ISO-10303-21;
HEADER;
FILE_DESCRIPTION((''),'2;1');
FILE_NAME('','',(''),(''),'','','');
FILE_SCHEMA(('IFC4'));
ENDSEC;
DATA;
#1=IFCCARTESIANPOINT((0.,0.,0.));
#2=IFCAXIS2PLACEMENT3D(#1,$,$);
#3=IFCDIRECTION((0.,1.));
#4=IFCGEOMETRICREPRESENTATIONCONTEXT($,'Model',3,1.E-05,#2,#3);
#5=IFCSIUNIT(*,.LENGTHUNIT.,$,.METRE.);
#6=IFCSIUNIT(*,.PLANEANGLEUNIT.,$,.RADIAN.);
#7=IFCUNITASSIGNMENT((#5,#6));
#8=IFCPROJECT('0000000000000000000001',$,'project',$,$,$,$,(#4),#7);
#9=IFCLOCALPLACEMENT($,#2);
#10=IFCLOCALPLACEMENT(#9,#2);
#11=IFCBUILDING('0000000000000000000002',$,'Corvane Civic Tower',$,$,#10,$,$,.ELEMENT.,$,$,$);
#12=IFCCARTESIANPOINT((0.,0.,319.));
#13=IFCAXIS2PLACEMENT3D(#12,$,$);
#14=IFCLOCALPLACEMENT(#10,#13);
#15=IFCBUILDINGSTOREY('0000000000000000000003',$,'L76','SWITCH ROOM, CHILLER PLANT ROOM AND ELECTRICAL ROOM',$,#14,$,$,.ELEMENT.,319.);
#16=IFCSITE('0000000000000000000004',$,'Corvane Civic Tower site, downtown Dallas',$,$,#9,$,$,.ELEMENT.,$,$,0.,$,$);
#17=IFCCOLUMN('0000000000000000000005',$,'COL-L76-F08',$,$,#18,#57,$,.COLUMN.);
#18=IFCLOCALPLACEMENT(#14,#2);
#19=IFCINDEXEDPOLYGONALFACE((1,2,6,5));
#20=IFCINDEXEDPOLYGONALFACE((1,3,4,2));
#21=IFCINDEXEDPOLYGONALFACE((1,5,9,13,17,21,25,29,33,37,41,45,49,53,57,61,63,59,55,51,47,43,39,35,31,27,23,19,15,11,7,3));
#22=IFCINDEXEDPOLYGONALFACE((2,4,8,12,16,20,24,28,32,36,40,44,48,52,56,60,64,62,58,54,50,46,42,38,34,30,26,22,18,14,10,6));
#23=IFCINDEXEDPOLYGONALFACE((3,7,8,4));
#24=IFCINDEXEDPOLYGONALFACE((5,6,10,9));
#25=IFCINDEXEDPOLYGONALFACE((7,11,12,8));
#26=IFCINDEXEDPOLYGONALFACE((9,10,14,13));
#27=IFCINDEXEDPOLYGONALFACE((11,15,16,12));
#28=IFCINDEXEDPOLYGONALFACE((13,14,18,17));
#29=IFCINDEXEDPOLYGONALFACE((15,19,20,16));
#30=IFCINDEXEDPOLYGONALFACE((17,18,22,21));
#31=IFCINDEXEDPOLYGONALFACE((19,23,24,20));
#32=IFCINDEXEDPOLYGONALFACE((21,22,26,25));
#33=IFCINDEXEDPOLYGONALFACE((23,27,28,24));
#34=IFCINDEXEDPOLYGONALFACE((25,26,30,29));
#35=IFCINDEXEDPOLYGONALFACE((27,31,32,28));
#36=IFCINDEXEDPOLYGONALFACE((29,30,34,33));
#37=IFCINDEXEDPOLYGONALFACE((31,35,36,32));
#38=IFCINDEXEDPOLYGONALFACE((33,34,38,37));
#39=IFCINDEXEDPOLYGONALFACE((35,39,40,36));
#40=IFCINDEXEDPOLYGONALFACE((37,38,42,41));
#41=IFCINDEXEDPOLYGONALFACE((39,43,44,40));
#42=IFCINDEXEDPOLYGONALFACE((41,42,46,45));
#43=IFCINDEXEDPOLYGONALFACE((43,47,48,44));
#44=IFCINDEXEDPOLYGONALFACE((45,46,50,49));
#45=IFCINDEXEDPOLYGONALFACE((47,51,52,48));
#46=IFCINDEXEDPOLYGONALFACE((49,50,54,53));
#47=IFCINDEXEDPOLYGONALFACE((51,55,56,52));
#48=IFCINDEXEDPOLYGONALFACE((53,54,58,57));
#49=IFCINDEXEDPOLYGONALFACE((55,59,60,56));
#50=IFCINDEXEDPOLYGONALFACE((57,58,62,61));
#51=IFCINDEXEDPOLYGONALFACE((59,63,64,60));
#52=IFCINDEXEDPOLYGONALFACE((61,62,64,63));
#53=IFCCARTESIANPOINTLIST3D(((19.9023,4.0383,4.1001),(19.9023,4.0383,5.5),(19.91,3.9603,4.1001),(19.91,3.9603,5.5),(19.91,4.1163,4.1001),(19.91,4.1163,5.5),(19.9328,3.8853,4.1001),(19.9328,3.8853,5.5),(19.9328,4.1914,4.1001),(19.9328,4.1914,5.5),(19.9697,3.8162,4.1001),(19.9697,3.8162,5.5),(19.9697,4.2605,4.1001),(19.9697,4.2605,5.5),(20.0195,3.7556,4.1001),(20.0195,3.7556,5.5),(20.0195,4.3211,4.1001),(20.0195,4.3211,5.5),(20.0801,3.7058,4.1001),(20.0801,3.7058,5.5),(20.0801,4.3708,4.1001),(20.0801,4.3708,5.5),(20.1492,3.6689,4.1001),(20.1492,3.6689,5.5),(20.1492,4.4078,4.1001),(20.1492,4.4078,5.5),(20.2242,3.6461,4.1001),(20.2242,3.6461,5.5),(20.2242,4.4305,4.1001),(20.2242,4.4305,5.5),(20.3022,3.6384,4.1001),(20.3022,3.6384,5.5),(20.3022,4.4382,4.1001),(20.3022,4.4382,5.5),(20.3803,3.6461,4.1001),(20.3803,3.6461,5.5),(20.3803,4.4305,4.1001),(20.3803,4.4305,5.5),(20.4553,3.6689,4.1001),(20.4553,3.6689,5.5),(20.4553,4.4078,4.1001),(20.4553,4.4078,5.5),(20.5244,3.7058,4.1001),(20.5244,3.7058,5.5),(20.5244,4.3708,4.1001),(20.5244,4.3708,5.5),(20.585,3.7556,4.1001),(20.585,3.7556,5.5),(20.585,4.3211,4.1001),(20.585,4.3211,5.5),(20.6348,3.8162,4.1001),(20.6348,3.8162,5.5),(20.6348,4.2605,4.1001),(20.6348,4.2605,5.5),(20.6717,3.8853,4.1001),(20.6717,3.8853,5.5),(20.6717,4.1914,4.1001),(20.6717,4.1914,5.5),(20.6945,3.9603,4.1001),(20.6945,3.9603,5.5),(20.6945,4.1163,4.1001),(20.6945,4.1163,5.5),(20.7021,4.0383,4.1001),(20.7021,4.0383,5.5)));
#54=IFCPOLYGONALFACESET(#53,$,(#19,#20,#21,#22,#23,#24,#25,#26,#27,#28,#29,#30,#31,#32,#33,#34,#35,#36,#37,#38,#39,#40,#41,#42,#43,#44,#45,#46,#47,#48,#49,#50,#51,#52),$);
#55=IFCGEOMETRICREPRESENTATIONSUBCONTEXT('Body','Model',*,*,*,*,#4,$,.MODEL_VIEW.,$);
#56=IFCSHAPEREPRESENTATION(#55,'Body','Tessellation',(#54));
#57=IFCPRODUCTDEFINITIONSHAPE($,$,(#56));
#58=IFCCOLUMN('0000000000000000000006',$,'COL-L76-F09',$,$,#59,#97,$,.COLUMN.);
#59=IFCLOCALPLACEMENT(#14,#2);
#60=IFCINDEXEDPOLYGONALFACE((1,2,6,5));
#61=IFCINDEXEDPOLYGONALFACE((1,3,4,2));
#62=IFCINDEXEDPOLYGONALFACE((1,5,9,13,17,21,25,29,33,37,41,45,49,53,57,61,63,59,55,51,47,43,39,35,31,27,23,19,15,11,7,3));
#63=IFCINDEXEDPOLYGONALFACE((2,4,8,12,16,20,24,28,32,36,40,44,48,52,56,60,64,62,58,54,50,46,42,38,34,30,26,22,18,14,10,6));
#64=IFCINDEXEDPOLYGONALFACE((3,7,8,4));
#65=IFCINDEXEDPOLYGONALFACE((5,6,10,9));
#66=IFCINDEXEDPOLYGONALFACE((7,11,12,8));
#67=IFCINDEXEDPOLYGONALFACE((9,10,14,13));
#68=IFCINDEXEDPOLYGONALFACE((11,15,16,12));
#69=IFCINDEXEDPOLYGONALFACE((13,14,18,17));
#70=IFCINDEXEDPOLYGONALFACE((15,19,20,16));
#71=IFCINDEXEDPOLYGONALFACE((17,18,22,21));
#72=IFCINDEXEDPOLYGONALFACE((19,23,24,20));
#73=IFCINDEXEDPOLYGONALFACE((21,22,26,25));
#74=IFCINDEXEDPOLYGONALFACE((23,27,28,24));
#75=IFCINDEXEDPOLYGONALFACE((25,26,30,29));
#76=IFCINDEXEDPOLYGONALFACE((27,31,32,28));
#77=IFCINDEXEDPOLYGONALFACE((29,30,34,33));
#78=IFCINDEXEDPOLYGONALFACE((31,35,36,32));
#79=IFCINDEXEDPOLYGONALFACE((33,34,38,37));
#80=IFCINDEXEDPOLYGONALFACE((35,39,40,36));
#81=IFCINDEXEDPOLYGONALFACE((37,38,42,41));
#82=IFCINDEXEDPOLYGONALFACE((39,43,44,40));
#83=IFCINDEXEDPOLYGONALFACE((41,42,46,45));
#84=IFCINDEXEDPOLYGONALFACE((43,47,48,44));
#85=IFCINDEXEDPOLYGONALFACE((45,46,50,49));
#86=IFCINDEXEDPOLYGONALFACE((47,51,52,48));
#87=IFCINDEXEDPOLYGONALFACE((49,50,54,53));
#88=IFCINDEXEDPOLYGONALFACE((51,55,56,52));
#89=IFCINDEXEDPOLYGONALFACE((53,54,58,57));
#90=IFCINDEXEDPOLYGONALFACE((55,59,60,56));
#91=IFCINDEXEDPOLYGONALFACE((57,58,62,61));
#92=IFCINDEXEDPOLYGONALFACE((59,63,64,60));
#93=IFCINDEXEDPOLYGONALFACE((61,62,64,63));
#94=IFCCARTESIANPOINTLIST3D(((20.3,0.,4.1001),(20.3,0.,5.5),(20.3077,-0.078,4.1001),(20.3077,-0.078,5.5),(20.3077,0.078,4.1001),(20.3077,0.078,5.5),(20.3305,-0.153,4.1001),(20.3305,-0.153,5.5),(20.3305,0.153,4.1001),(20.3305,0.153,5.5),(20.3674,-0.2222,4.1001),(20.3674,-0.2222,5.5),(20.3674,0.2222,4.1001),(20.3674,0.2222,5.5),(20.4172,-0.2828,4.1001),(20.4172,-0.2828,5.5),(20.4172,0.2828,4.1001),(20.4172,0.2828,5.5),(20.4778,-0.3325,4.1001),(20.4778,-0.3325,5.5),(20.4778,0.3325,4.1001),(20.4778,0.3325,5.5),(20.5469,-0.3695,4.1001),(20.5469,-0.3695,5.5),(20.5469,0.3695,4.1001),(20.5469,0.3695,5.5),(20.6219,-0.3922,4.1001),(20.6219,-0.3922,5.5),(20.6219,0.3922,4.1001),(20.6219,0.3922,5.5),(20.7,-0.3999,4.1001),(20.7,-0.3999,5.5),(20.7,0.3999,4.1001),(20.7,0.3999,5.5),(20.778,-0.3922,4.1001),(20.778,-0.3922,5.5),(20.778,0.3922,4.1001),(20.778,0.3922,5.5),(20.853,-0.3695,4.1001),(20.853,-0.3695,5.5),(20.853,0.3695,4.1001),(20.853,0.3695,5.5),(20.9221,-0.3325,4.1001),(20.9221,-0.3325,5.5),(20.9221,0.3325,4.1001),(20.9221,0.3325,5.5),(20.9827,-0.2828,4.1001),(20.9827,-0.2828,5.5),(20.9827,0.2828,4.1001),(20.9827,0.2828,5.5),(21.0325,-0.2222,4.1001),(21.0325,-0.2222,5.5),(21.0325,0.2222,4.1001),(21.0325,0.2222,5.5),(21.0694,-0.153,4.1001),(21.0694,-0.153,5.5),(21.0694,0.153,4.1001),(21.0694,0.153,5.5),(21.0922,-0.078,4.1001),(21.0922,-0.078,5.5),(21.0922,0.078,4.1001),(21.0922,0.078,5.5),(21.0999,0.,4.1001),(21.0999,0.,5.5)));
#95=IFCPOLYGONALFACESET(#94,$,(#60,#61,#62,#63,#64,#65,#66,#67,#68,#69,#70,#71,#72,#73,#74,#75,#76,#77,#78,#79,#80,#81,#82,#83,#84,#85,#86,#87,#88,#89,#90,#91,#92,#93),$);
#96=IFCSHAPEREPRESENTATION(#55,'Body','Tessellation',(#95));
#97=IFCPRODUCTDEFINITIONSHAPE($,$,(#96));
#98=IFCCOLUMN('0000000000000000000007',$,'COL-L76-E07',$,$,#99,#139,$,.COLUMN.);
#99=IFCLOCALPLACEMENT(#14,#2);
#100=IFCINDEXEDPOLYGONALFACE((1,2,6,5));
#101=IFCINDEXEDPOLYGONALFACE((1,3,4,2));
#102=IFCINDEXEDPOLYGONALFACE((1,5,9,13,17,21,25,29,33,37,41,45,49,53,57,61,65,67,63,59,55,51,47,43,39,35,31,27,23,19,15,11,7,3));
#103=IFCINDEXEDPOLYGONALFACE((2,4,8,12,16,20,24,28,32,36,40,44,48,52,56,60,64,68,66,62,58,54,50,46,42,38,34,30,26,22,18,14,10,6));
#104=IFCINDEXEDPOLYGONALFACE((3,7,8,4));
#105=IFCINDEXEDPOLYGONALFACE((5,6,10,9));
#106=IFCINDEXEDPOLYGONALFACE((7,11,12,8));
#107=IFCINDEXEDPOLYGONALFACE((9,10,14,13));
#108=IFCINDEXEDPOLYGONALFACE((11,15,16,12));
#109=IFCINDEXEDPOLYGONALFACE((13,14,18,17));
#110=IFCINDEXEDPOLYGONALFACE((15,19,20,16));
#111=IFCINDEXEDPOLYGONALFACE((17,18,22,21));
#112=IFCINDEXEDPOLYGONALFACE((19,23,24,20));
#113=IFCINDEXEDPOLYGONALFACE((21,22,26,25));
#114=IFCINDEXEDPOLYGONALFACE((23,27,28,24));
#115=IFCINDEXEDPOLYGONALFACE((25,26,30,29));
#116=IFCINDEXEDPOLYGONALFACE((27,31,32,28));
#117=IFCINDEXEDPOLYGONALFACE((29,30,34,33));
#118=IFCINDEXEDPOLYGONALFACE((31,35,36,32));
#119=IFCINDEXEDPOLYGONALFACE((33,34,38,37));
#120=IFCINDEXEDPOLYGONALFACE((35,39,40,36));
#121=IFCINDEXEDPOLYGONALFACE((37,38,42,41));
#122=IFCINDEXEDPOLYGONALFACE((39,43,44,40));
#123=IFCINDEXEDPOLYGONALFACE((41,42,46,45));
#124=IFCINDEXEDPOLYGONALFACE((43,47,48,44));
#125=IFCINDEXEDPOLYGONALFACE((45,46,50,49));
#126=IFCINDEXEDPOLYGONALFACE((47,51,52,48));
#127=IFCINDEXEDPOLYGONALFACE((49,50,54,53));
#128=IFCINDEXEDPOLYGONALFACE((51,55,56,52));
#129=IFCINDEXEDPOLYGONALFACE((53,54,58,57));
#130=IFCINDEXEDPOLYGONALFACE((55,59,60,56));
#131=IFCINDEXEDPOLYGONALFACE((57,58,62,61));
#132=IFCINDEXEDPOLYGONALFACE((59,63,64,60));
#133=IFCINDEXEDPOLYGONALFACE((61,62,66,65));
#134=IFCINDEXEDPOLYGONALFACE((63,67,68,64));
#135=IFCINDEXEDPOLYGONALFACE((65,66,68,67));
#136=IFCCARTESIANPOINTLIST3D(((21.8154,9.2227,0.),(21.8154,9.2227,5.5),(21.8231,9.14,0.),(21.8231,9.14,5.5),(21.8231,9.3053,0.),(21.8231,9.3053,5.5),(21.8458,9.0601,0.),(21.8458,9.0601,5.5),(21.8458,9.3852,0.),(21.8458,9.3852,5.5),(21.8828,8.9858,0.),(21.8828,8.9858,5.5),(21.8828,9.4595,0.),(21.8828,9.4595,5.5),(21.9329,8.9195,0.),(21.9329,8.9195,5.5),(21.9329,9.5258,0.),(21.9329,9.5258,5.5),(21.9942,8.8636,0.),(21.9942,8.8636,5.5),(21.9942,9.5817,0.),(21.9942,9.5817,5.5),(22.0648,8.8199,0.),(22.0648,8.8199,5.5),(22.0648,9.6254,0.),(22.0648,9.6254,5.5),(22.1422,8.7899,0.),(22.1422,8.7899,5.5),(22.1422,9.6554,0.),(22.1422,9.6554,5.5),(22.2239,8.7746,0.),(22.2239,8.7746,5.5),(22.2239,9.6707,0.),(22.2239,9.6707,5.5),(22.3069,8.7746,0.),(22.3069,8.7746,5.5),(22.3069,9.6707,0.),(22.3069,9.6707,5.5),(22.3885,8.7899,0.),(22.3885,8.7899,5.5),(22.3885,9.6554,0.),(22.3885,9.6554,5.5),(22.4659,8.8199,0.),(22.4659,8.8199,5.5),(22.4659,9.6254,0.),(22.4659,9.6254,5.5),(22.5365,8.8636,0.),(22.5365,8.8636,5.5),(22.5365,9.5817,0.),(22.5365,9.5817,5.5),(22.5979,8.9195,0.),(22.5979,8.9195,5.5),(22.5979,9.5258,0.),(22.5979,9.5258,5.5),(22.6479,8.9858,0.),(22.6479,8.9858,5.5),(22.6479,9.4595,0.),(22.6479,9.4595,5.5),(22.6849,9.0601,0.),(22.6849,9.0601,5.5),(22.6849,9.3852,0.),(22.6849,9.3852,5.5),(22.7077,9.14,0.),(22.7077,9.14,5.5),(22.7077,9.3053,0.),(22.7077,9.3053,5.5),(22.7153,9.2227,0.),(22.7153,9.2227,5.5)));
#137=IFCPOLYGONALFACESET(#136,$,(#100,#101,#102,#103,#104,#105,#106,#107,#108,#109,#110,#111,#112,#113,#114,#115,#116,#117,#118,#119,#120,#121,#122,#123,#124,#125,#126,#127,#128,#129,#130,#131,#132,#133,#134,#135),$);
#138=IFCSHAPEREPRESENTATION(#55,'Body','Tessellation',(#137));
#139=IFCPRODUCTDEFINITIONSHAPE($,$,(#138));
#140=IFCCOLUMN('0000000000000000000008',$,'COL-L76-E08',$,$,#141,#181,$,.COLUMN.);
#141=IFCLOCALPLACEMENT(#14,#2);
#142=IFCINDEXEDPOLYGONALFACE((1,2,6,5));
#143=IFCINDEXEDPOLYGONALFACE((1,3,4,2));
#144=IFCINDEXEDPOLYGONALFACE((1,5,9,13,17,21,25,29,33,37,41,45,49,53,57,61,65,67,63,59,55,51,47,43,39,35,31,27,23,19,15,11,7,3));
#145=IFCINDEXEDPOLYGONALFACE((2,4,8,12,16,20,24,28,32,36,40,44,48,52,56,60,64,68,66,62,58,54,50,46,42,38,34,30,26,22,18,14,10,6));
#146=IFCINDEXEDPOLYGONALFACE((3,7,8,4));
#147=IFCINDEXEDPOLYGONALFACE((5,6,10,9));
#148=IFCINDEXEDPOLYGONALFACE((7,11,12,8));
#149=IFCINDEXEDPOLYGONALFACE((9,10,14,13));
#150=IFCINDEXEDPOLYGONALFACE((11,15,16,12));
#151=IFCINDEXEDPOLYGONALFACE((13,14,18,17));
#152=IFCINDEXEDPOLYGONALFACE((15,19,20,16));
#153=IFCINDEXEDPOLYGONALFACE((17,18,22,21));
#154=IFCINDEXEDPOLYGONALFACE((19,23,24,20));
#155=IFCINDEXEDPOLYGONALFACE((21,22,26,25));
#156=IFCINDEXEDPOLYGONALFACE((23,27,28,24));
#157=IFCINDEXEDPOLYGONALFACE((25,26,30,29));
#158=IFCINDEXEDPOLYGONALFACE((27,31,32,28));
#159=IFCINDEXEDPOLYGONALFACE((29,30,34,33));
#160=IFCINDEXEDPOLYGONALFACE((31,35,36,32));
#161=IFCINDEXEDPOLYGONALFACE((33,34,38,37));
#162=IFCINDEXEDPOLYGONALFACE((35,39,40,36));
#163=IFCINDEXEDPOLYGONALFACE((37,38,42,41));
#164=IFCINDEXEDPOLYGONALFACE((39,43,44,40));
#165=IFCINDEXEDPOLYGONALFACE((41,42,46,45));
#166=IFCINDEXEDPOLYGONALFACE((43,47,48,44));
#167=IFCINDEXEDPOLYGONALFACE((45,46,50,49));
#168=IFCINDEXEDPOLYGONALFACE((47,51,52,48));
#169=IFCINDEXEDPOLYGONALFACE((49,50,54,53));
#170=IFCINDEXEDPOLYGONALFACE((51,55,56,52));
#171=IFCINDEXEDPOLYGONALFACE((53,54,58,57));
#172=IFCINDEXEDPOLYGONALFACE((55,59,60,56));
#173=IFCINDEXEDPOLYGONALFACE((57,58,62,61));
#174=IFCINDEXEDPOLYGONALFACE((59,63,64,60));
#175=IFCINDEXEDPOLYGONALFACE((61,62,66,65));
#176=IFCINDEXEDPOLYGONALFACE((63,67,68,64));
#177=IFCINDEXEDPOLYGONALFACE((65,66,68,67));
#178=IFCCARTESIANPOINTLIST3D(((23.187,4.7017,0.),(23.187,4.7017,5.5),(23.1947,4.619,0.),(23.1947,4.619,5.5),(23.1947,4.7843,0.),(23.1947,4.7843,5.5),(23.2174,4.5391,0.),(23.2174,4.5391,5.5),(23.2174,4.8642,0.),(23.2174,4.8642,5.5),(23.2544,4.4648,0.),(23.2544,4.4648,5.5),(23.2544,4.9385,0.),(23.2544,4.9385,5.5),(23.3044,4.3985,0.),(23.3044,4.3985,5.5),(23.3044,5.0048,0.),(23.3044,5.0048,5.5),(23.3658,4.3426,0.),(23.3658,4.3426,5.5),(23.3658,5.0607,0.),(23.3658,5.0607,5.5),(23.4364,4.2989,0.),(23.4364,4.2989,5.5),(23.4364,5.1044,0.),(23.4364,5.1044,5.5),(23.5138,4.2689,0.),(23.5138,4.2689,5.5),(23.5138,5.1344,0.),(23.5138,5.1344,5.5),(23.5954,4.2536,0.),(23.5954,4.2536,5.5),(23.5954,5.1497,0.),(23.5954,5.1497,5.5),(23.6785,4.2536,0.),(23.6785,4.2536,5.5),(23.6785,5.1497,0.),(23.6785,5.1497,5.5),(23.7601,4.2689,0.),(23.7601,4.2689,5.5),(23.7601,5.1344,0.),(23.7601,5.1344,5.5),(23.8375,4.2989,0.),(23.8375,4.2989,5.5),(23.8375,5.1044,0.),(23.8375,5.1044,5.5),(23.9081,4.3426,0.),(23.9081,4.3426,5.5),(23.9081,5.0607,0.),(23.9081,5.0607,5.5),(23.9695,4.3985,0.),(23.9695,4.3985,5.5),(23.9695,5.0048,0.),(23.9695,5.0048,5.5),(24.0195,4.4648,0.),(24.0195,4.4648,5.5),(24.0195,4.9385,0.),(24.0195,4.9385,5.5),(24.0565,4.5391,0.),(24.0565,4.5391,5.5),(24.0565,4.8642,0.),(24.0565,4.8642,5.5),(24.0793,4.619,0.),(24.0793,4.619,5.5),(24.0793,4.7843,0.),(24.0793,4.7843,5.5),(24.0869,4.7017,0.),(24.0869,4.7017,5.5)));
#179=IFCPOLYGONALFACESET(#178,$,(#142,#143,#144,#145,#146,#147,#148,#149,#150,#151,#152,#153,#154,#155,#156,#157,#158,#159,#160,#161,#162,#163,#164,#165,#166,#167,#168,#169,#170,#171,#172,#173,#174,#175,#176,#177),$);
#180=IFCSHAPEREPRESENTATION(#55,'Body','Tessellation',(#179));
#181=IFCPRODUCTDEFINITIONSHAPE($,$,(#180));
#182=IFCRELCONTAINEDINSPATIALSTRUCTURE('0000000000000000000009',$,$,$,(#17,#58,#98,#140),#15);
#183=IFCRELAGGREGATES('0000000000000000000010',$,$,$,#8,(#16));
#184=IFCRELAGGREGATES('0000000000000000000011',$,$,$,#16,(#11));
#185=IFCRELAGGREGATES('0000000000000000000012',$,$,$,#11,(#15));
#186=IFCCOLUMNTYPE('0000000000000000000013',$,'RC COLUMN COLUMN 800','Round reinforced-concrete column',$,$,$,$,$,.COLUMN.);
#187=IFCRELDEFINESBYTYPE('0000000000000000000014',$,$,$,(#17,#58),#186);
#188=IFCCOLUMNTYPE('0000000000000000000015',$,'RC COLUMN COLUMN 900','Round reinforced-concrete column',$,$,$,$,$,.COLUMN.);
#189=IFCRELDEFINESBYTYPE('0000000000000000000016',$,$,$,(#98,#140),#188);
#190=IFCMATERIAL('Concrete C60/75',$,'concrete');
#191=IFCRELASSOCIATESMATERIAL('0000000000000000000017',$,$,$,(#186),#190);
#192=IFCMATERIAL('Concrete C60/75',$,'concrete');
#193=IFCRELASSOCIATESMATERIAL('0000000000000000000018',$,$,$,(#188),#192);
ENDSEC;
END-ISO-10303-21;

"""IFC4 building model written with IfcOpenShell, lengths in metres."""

from ifc_helpers import new_model, si_unit, direction, frame, origin, origin_2d, place, context, subcontext, project, spatial, circle, extrude, material, material_profile, profile_set, type_object, element, save


model = new_model("IFC4")

# Units and contexts
model_context = context("Model", 3, precision=1e-05, world=origin(), true_north=direction((0.0, 1.0)))
body_context = subcontext(model_context, "Body", "Model", "MODEL_VIEW")
ifc_project = project(units=[si_unit("LENGTHUNIT", "METRE"), si_unit("PLANEANGLEUNIT", "RADIAN")], contexts=[model_context])

# Site, building, storey
site_placement = place(None, origin())
site = spatial("IfcSite", under=ifc_project, at=site_placement, Name="Corvane Civic Tower site, downtown Dallas", CompositionType="ELEMENT", RefElevation=0.0)
building_placement = place(site_placement, origin())
building = spatial("IfcBuilding", under=site, at=building_placement, Name="Corvane Civic Tower", CompositionType="ELEMENT")
storey_placement = place(building_placement, frame((0.0, 0.0, 319.0)))
storey = spatial("IfcBuildingStorey", under=building, at=storey_placement, Name="L76", Description="SWITCH ROOM, CHILLER PLANT ROOM AND ELECTRICAL ROOM", CompositionType="ELEMENT", Elevation=319.0)

# Columns
ifc_material_1 = material(Name="Concrete C60/75", Category="concrete")
ifc_material_profile_1 = material_profile(ifc_material_1, circle(Radius=0.3999, at=origin_2d()), Name="COLUMN 800")
ifc_profile_set_1 = profile_set([ifc_material_profile_1], Name="Concrete C60/75")
column_type_1 = type_object("IfcColumnType", Name="RC COLUMN COLUMN 800", Description="Round reinforced-concrete column", PredefinedType="COLUMN", material=ifc_profile_set_1)
for number, where, z_axis, x_axis, name in (
    (1, (20.3022, 4.0383, 4.1001), (0.0, 0.0, 1.0), (1.0, 0.0, 0.0), "COL-L76-F08"),
    (2, (20.7, 0.0, 4.1001), (0.0, 0.0, 1.0), (1.0, 0.0, 0.0), "COL-L76-F09"),
):
    element("IfcColumn", number, at=place(storey_placement, frame(where, z_axis=z_axis, x_axis=x_axis)), inside=storey, type_object=column_type_1, Name=name, PredefinedType="COLUMN", context=body_context, shape_type="SweptSolid", body=[
        extrude(circle(Radius=0.3999, at=origin_2d()), origin(), (0.0, 0.0, 1.0), 1.3999),
    ])
ifc_material_2 = material(Name="Concrete C60/75", Category="concrete")
ifc_material_profile_2 = material_profile(ifc_material_2, circle(Radius=0.45, at=origin_2d()), Name="COLUMN 900")
ifc_profile_set_2 = profile_set([ifc_material_profile_2], Name="Concrete C60/75")
column_type_2 = type_object("IfcColumnType", Name="RC COLUMN COLUMN 900", Description="Round reinforced-concrete column", PredefinedType="COLUMN", material=ifc_profile_set_2)
for number, where, z_axis, x_axis, name in (
    (3, (22.2654, 9.2227, 0.0), (0.0, 0.0, 1.0), (1.0, 0.0, 0.0), "COL-L76-E07"),
    (4, (23.637, 4.7017, 0.0), (0.0, 0.0, 1.0), (1.0, 0.0, 0.0), "COL-L76-E08"),
):
    element("IfcColumn", number, at=place(storey_placement, frame(where, z_axis=z_axis, x_axis=x_axis)), inside=storey, type_object=column_type_2, Name=name, PredefinedType="COLUMN", context=body_context, shape_type="SweptSolid", body=[
        extrude(circle(Radius=0.45, at=origin_2d()), origin(), (0.0, 0.0, 1.0), 5.5),
    ])

save(model, "model.ifc")
